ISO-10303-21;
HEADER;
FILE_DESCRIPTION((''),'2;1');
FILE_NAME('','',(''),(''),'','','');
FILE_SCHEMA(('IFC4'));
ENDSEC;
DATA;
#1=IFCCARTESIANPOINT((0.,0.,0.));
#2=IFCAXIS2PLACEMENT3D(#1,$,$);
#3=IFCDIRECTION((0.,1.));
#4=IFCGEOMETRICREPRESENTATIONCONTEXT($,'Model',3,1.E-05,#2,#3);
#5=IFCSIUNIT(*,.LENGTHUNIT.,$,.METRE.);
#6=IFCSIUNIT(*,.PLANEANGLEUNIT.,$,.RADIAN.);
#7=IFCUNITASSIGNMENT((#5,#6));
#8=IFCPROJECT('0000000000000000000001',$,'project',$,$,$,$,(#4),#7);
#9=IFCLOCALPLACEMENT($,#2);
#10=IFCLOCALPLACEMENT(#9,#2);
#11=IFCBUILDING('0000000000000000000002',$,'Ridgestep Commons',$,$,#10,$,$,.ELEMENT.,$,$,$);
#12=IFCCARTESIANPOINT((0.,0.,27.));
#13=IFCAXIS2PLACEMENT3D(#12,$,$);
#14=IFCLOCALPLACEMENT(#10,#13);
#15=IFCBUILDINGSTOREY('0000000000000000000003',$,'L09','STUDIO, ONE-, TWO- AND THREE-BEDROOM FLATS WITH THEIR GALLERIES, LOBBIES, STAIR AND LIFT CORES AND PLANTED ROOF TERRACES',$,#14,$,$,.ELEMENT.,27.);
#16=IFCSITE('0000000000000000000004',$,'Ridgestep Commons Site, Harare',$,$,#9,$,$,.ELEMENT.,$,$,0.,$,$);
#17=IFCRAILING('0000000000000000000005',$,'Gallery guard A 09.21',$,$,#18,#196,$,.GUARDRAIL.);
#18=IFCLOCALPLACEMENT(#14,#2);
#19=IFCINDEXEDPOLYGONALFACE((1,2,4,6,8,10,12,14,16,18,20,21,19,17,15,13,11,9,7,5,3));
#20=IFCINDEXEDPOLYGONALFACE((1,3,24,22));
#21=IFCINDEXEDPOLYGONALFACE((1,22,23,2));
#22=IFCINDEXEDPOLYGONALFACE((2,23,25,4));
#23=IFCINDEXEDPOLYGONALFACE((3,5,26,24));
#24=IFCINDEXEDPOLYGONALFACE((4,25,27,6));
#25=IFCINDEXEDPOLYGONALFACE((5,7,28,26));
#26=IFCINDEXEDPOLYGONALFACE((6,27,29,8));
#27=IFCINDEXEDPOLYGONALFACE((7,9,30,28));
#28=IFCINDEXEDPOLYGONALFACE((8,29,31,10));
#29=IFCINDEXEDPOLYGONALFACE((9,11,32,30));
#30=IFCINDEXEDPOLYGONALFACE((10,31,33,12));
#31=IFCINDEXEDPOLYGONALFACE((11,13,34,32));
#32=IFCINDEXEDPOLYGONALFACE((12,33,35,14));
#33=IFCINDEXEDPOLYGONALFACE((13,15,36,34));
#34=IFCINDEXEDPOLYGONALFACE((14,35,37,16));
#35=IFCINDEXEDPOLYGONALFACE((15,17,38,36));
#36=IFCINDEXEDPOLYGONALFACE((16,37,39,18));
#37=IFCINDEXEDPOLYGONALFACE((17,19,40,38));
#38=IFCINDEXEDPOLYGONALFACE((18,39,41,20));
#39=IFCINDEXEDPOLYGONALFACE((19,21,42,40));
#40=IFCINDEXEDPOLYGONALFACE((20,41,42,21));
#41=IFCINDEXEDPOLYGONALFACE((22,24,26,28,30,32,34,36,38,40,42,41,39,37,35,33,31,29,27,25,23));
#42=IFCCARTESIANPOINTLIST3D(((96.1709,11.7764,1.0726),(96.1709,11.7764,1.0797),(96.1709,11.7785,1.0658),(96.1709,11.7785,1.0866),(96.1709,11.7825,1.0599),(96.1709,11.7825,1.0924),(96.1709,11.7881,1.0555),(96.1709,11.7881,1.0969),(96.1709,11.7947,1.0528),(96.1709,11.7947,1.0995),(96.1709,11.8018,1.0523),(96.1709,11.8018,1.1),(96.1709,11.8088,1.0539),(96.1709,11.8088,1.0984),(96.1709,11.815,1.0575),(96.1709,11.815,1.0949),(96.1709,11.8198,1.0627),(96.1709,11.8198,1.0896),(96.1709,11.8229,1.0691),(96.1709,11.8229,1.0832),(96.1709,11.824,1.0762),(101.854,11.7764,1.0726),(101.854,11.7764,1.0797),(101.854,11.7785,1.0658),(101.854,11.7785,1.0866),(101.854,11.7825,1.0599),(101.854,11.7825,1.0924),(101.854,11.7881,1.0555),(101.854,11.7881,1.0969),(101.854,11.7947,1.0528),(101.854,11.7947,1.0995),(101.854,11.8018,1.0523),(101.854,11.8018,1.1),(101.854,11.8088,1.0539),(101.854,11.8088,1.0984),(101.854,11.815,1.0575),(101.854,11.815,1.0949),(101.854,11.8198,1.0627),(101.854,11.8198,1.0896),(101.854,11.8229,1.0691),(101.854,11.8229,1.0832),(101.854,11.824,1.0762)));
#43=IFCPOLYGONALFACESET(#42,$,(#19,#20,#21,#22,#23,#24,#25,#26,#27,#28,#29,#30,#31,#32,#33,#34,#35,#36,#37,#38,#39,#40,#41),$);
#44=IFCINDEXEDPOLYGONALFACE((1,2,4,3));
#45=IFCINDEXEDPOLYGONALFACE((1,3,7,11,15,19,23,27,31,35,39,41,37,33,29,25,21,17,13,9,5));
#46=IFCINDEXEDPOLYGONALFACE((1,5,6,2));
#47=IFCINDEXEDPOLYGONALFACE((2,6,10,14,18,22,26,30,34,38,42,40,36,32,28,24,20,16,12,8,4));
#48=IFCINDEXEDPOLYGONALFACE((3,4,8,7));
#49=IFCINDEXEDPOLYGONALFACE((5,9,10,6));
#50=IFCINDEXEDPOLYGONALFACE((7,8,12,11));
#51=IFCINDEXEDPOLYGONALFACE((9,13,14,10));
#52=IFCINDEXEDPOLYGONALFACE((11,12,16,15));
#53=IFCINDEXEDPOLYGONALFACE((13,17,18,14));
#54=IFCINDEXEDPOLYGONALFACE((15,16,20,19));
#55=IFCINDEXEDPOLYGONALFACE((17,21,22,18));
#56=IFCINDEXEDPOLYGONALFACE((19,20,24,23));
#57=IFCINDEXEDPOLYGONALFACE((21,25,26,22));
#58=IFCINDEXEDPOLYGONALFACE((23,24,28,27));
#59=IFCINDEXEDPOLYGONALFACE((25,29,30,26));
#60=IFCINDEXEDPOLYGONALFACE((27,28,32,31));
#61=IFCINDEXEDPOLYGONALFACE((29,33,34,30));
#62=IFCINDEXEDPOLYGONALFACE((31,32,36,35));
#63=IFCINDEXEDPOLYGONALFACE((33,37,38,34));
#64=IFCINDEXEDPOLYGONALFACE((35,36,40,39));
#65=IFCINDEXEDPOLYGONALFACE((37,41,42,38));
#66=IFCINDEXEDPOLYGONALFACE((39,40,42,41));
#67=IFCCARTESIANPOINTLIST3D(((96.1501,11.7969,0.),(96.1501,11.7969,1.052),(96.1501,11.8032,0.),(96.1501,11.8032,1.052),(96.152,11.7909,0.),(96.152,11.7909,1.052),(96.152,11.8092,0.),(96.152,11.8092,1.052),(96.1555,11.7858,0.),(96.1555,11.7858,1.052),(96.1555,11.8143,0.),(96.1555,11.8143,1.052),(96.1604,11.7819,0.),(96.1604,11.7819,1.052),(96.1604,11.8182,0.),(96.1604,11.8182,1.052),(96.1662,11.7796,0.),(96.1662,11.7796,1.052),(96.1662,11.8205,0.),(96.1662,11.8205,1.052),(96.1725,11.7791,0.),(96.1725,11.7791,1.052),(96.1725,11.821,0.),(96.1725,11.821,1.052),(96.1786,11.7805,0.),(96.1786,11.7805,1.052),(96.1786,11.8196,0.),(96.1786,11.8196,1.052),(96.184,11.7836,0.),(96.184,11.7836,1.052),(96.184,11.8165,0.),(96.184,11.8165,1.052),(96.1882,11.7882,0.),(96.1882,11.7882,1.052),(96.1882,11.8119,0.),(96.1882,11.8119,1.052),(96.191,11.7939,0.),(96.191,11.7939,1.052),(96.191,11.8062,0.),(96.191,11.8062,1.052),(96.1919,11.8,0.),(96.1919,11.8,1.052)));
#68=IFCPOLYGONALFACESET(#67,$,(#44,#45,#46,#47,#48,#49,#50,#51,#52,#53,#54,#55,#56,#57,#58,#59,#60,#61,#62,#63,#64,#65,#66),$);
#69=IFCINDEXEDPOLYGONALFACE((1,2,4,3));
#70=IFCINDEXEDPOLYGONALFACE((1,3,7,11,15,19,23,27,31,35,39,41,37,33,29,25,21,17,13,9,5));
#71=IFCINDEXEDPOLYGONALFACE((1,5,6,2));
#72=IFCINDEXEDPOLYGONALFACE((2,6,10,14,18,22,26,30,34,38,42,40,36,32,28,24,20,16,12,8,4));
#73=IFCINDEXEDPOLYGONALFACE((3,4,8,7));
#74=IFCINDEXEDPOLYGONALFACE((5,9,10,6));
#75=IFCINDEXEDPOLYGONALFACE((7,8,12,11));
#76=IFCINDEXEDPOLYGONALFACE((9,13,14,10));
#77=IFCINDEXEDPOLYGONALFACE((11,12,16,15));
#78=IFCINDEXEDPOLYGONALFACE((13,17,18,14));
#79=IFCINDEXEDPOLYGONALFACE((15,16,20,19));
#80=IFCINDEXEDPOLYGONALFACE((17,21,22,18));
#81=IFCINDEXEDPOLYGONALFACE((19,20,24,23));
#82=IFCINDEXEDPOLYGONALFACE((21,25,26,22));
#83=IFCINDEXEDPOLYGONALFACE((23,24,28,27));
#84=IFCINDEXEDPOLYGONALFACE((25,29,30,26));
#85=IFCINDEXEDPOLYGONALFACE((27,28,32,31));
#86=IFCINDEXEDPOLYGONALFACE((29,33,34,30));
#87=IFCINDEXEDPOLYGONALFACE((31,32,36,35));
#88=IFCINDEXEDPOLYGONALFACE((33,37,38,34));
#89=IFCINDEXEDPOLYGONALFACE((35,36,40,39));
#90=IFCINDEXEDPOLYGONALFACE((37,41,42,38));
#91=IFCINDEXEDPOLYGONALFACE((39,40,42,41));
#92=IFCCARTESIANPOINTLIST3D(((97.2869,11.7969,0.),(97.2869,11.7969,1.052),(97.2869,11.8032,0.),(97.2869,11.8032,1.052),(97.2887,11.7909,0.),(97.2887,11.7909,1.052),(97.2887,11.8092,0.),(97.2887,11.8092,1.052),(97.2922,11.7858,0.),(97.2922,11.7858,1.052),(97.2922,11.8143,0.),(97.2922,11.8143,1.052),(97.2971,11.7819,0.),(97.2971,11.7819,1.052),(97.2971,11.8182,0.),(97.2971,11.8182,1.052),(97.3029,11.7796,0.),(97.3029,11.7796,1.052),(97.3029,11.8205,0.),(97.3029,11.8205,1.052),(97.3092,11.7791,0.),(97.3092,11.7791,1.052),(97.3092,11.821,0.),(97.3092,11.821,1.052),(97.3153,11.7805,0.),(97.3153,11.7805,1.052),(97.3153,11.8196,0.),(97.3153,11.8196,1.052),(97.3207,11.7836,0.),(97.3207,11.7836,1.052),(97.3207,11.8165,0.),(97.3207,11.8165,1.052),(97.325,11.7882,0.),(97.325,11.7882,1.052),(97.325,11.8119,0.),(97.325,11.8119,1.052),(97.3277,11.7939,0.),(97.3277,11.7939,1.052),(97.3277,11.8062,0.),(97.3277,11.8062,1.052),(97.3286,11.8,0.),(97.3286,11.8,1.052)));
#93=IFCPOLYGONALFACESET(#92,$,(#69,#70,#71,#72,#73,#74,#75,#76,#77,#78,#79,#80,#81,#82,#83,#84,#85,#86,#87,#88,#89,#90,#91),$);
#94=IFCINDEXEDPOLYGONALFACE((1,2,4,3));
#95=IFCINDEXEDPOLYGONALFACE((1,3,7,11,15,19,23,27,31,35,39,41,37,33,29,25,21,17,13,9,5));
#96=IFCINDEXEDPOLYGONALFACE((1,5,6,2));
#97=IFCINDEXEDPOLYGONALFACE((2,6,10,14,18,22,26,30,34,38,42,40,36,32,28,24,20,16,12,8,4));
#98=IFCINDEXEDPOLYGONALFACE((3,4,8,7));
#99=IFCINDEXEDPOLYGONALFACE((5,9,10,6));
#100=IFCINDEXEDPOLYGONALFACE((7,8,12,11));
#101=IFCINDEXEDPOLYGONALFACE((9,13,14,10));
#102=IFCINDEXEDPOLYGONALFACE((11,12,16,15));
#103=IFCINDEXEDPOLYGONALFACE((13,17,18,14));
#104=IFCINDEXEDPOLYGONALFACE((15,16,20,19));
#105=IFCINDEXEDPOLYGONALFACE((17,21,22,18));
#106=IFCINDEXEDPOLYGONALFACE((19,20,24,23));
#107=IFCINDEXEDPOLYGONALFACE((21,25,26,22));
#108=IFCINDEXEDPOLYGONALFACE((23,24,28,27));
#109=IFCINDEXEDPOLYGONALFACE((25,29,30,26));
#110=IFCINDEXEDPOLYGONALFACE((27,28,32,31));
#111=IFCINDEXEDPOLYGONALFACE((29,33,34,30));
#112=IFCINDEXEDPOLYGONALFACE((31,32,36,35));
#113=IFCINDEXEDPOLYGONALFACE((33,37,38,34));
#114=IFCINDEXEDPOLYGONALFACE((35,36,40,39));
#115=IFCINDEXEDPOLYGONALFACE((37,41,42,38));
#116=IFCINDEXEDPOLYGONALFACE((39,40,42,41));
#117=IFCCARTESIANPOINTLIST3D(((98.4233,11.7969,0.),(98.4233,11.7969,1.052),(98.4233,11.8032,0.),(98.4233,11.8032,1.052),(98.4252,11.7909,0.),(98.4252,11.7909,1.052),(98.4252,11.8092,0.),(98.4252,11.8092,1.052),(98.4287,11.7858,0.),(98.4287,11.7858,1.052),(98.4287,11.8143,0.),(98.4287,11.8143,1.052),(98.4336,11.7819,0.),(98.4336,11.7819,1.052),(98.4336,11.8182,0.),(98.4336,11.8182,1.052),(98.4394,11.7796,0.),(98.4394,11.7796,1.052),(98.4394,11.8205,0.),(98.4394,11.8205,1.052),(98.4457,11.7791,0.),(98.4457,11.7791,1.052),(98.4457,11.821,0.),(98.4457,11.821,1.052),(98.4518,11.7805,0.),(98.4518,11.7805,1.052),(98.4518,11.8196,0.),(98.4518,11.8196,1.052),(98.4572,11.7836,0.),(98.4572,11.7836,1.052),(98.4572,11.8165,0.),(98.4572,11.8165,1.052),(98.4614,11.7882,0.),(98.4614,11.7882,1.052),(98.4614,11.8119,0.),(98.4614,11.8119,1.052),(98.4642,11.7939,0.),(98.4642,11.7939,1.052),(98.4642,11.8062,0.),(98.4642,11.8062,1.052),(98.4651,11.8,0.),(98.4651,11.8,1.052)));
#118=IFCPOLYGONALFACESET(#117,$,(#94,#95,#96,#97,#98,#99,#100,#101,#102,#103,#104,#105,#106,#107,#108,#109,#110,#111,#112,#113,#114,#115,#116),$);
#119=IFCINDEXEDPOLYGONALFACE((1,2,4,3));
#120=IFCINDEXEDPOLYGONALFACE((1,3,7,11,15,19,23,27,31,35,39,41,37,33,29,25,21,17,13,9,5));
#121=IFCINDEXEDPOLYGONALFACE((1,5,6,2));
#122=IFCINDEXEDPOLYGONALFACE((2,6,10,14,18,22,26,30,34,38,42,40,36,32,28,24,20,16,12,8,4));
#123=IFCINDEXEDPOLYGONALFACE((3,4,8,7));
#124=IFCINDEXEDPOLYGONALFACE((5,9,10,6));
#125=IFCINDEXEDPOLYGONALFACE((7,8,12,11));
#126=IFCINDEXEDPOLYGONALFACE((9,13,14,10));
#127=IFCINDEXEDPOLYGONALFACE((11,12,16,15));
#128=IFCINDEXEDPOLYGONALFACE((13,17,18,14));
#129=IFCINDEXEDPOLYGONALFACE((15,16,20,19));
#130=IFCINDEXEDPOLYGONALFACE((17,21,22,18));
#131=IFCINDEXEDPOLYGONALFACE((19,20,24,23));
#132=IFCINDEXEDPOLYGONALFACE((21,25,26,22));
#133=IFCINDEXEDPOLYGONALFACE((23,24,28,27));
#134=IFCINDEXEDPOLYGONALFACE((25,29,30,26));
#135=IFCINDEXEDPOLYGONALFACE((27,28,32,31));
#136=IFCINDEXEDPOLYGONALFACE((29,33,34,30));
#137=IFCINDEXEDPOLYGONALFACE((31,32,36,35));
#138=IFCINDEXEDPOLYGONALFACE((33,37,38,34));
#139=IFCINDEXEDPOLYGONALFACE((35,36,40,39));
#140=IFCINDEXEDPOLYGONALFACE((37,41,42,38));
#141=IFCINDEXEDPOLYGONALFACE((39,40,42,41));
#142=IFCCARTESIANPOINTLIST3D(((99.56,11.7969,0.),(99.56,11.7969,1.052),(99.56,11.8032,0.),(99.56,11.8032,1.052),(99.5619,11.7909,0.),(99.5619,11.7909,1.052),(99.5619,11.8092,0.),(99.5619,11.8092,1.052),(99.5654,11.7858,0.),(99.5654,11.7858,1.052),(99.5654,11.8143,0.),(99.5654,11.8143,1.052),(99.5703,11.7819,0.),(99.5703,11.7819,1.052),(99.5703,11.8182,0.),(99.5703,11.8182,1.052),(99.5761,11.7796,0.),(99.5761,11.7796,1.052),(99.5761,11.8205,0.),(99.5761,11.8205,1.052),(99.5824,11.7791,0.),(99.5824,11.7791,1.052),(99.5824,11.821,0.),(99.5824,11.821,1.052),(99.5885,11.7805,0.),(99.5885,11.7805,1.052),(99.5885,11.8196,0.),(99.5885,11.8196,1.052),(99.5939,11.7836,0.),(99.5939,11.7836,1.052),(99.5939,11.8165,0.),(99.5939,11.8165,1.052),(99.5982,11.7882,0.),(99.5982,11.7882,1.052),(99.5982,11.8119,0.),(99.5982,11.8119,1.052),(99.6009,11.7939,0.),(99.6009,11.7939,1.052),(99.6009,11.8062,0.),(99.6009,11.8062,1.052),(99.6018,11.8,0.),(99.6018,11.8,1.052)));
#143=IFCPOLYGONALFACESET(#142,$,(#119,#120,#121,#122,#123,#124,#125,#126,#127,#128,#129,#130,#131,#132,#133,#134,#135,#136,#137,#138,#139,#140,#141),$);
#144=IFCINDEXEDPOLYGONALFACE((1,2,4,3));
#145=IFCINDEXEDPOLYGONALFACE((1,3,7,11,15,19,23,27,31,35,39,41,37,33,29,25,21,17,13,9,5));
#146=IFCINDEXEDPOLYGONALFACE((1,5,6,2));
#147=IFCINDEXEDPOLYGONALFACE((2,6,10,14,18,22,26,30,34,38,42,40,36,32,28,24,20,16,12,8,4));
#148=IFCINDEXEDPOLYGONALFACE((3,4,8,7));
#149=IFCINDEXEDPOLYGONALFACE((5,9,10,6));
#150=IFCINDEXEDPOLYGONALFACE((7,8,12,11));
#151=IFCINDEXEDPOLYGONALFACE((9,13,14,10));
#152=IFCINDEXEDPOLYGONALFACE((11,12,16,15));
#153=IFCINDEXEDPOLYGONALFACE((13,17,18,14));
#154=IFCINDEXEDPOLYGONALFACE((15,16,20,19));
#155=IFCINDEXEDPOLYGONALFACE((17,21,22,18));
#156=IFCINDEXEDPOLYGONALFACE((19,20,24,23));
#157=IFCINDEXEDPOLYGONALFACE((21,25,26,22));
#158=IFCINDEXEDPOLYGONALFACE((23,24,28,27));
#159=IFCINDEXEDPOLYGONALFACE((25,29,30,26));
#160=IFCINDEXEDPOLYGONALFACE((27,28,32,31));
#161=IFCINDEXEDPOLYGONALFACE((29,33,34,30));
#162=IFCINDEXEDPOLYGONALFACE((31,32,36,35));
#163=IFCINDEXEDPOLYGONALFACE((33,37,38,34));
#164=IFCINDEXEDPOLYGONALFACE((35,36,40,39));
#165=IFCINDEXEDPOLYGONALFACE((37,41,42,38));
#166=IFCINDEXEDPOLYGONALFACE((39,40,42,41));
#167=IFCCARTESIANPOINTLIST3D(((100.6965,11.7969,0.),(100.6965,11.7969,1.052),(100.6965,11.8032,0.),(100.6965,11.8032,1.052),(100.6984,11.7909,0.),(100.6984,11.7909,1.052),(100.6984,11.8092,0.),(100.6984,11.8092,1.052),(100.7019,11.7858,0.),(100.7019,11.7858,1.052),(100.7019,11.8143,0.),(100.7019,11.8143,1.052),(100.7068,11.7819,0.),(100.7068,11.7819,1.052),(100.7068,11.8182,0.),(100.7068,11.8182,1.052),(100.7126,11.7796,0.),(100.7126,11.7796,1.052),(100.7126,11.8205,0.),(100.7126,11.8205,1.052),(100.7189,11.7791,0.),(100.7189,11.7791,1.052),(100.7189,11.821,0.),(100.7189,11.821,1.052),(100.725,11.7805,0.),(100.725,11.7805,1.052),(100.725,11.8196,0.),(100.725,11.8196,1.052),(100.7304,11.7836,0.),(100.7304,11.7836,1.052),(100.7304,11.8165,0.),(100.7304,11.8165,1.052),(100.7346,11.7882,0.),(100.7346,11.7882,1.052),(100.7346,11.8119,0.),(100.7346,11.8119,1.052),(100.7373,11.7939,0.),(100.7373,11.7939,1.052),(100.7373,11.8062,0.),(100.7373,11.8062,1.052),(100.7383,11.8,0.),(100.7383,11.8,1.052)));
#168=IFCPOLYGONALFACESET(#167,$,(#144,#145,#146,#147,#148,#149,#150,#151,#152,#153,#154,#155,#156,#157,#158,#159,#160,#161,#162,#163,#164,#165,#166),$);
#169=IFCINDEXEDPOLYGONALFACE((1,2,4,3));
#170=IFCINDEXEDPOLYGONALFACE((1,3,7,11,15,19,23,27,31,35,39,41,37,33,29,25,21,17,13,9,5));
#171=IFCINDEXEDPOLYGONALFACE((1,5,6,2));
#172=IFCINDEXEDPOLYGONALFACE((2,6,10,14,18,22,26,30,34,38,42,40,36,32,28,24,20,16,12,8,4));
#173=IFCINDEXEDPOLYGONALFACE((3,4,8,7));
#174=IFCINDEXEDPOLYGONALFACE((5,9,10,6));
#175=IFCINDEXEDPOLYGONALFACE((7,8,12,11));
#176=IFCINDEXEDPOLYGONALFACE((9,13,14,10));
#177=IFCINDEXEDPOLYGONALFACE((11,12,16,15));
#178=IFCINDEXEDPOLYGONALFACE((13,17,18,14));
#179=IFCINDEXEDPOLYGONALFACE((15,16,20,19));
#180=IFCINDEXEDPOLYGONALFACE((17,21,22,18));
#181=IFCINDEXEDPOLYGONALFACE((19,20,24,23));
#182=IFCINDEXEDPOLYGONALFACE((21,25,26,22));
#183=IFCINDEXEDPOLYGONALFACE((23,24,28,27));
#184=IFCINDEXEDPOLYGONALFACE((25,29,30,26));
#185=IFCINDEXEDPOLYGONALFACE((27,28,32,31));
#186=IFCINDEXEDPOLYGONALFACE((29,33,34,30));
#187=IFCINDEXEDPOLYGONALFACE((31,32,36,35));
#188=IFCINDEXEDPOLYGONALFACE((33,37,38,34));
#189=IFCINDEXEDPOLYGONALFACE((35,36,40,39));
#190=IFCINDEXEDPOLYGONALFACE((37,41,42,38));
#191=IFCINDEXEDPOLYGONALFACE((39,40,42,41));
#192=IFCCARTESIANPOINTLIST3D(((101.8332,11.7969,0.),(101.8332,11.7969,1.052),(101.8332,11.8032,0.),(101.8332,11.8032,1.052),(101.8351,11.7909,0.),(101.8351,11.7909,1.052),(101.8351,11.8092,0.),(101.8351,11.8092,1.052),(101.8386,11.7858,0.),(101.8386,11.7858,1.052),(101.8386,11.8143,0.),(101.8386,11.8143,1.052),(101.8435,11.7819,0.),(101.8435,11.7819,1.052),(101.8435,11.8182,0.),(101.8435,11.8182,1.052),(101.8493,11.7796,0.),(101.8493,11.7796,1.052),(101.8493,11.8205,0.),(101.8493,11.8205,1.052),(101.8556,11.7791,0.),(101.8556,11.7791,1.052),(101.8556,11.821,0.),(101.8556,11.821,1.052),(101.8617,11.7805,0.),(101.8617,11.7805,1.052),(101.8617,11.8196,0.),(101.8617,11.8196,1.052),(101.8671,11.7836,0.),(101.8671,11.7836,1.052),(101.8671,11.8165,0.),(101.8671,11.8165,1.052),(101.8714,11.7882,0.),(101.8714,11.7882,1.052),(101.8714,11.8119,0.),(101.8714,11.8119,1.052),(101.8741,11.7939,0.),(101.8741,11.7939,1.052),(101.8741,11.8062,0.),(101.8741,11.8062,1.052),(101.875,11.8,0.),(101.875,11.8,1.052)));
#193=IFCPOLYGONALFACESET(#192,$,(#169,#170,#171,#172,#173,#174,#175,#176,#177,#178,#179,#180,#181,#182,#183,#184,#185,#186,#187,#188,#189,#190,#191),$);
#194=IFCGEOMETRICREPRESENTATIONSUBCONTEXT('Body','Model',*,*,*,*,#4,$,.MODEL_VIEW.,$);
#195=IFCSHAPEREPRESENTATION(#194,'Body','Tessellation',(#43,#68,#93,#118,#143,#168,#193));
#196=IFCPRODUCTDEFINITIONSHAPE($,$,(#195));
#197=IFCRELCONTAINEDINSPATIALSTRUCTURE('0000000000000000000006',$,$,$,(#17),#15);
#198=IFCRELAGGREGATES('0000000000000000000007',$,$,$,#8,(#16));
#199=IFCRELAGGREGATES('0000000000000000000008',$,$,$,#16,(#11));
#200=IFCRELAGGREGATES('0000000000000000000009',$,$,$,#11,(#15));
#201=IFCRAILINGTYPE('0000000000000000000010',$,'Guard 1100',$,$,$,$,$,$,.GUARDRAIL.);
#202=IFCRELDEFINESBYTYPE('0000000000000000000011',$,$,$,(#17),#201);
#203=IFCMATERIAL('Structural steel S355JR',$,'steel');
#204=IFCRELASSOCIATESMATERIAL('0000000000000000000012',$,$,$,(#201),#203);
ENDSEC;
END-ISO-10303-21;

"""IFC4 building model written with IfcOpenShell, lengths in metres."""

from ifc_helpers import new_model, si_unit, direction, frame, origin, origin_2d, place, context, subcontext, project, spatial, circle, extrude, material, type_object, element, save


model = new_model("IFC4")

# Units and contexts
model_context = context("Model", 3, precision=1e-05, world=origin(), true_north=direction((0.0, 1.0)))
body_context = subcontext(model_context, "Body", "Model", "MODEL_VIEW")
ifc_project = project(units=[si_unit("LENGTHUNIT", "METRE"), si_unit("PLANEANGLEUNIT", "RADIAN")], contexts=[model_context])

# Site, building, storey
site_placement = place(None, origin())
site = spatial("IfcSite", under=ifc_project, at=site_placement, Name="Ridgestep Commons Site, Harare", CompositionType="ELEMENT", RefElevation=0.0)
building_placement = place(site_placement, origin())
building = spatial("IfcBuilding", under=site, at=building_placement, Name="Ridgestep Commons", CompositionType="ELEMENT")
storey_placement = place(building_placement, frame((0.0, 0.0, 27.0)))
storey = spatial("IfcBuildingStorey", under=building, at=storey_placement, Name="L09", Description="STUDIO, ONE-, TWO- AND THREE-BEDROOM FLATS WITH THEIR GALLERIES, LOBBIES, STAIR AND LIFT CORES AND PLANTED ROOF TERRACES", CompositionType="ELEMENT", Elevation=27.0)

# Railing
ifc_material_1 = material(Name="Structural steel S355JR", Category="steel")
railing_type_1 = type_object("IfcRailingType", Name="Guard 1100", PredefinedType="GUARDRAIL", material=ifc_material_1)
railing_1_placement = place(storey_placement, frame((96.1709, 11.8, 0.0)))
element("IfcRailing", 1, at=railing_1_placement, inside=storey, type_object=railing_type_1, Name="Gallery guard A 09.21", PredefinedType="GUARDRAIL", context=body_context, shape_type="SweptSolid", body=[
    extrude(circle(Radius=0.0239, at=origin_2d()), frame((0.0, 0.0, 1.0762), z_axis=(1.0, 0.0, 0.0), x_axis=(0.0, 1.0, 0.0)), (0.0, 0.0, 1.0), 5.6831),
    extrude(circle(Radius=0.021, at=origin_2d()), origin(), (0.0, 0.0, 1.0), 1.052),
    extrude(circle(Radius=0.021, at=origin_2d()), frame((1.1367, 0.0, 0.0)), (0.0, 0.0, 1.0), 1.052),
    extrude(circle(Radius=0.021, at=origin_2d()), frame((2.2732, 0.0, 0.0)), (0.0, 0.0, 1.0), 1.052),
    extrude(circle(Radius=0.021, at=origin_2d()), frame((3.4099, 0.0, 0.0)), (0.0, 0.0, 1.0), 1.052),
    extrude(circle(Radius=0.021, at=origin_2d()), frame((4.5464, 0.0, 0.0)), (0.0, 0.0, 1.0), 1.052),
    extrude(circle(Radius=0.021, at=origin_2d()), frame((5.6831, 0.0, 0.0)), (0.0, 0.0, 1.0), 1.052),
])

save(model, "model.ifc")
